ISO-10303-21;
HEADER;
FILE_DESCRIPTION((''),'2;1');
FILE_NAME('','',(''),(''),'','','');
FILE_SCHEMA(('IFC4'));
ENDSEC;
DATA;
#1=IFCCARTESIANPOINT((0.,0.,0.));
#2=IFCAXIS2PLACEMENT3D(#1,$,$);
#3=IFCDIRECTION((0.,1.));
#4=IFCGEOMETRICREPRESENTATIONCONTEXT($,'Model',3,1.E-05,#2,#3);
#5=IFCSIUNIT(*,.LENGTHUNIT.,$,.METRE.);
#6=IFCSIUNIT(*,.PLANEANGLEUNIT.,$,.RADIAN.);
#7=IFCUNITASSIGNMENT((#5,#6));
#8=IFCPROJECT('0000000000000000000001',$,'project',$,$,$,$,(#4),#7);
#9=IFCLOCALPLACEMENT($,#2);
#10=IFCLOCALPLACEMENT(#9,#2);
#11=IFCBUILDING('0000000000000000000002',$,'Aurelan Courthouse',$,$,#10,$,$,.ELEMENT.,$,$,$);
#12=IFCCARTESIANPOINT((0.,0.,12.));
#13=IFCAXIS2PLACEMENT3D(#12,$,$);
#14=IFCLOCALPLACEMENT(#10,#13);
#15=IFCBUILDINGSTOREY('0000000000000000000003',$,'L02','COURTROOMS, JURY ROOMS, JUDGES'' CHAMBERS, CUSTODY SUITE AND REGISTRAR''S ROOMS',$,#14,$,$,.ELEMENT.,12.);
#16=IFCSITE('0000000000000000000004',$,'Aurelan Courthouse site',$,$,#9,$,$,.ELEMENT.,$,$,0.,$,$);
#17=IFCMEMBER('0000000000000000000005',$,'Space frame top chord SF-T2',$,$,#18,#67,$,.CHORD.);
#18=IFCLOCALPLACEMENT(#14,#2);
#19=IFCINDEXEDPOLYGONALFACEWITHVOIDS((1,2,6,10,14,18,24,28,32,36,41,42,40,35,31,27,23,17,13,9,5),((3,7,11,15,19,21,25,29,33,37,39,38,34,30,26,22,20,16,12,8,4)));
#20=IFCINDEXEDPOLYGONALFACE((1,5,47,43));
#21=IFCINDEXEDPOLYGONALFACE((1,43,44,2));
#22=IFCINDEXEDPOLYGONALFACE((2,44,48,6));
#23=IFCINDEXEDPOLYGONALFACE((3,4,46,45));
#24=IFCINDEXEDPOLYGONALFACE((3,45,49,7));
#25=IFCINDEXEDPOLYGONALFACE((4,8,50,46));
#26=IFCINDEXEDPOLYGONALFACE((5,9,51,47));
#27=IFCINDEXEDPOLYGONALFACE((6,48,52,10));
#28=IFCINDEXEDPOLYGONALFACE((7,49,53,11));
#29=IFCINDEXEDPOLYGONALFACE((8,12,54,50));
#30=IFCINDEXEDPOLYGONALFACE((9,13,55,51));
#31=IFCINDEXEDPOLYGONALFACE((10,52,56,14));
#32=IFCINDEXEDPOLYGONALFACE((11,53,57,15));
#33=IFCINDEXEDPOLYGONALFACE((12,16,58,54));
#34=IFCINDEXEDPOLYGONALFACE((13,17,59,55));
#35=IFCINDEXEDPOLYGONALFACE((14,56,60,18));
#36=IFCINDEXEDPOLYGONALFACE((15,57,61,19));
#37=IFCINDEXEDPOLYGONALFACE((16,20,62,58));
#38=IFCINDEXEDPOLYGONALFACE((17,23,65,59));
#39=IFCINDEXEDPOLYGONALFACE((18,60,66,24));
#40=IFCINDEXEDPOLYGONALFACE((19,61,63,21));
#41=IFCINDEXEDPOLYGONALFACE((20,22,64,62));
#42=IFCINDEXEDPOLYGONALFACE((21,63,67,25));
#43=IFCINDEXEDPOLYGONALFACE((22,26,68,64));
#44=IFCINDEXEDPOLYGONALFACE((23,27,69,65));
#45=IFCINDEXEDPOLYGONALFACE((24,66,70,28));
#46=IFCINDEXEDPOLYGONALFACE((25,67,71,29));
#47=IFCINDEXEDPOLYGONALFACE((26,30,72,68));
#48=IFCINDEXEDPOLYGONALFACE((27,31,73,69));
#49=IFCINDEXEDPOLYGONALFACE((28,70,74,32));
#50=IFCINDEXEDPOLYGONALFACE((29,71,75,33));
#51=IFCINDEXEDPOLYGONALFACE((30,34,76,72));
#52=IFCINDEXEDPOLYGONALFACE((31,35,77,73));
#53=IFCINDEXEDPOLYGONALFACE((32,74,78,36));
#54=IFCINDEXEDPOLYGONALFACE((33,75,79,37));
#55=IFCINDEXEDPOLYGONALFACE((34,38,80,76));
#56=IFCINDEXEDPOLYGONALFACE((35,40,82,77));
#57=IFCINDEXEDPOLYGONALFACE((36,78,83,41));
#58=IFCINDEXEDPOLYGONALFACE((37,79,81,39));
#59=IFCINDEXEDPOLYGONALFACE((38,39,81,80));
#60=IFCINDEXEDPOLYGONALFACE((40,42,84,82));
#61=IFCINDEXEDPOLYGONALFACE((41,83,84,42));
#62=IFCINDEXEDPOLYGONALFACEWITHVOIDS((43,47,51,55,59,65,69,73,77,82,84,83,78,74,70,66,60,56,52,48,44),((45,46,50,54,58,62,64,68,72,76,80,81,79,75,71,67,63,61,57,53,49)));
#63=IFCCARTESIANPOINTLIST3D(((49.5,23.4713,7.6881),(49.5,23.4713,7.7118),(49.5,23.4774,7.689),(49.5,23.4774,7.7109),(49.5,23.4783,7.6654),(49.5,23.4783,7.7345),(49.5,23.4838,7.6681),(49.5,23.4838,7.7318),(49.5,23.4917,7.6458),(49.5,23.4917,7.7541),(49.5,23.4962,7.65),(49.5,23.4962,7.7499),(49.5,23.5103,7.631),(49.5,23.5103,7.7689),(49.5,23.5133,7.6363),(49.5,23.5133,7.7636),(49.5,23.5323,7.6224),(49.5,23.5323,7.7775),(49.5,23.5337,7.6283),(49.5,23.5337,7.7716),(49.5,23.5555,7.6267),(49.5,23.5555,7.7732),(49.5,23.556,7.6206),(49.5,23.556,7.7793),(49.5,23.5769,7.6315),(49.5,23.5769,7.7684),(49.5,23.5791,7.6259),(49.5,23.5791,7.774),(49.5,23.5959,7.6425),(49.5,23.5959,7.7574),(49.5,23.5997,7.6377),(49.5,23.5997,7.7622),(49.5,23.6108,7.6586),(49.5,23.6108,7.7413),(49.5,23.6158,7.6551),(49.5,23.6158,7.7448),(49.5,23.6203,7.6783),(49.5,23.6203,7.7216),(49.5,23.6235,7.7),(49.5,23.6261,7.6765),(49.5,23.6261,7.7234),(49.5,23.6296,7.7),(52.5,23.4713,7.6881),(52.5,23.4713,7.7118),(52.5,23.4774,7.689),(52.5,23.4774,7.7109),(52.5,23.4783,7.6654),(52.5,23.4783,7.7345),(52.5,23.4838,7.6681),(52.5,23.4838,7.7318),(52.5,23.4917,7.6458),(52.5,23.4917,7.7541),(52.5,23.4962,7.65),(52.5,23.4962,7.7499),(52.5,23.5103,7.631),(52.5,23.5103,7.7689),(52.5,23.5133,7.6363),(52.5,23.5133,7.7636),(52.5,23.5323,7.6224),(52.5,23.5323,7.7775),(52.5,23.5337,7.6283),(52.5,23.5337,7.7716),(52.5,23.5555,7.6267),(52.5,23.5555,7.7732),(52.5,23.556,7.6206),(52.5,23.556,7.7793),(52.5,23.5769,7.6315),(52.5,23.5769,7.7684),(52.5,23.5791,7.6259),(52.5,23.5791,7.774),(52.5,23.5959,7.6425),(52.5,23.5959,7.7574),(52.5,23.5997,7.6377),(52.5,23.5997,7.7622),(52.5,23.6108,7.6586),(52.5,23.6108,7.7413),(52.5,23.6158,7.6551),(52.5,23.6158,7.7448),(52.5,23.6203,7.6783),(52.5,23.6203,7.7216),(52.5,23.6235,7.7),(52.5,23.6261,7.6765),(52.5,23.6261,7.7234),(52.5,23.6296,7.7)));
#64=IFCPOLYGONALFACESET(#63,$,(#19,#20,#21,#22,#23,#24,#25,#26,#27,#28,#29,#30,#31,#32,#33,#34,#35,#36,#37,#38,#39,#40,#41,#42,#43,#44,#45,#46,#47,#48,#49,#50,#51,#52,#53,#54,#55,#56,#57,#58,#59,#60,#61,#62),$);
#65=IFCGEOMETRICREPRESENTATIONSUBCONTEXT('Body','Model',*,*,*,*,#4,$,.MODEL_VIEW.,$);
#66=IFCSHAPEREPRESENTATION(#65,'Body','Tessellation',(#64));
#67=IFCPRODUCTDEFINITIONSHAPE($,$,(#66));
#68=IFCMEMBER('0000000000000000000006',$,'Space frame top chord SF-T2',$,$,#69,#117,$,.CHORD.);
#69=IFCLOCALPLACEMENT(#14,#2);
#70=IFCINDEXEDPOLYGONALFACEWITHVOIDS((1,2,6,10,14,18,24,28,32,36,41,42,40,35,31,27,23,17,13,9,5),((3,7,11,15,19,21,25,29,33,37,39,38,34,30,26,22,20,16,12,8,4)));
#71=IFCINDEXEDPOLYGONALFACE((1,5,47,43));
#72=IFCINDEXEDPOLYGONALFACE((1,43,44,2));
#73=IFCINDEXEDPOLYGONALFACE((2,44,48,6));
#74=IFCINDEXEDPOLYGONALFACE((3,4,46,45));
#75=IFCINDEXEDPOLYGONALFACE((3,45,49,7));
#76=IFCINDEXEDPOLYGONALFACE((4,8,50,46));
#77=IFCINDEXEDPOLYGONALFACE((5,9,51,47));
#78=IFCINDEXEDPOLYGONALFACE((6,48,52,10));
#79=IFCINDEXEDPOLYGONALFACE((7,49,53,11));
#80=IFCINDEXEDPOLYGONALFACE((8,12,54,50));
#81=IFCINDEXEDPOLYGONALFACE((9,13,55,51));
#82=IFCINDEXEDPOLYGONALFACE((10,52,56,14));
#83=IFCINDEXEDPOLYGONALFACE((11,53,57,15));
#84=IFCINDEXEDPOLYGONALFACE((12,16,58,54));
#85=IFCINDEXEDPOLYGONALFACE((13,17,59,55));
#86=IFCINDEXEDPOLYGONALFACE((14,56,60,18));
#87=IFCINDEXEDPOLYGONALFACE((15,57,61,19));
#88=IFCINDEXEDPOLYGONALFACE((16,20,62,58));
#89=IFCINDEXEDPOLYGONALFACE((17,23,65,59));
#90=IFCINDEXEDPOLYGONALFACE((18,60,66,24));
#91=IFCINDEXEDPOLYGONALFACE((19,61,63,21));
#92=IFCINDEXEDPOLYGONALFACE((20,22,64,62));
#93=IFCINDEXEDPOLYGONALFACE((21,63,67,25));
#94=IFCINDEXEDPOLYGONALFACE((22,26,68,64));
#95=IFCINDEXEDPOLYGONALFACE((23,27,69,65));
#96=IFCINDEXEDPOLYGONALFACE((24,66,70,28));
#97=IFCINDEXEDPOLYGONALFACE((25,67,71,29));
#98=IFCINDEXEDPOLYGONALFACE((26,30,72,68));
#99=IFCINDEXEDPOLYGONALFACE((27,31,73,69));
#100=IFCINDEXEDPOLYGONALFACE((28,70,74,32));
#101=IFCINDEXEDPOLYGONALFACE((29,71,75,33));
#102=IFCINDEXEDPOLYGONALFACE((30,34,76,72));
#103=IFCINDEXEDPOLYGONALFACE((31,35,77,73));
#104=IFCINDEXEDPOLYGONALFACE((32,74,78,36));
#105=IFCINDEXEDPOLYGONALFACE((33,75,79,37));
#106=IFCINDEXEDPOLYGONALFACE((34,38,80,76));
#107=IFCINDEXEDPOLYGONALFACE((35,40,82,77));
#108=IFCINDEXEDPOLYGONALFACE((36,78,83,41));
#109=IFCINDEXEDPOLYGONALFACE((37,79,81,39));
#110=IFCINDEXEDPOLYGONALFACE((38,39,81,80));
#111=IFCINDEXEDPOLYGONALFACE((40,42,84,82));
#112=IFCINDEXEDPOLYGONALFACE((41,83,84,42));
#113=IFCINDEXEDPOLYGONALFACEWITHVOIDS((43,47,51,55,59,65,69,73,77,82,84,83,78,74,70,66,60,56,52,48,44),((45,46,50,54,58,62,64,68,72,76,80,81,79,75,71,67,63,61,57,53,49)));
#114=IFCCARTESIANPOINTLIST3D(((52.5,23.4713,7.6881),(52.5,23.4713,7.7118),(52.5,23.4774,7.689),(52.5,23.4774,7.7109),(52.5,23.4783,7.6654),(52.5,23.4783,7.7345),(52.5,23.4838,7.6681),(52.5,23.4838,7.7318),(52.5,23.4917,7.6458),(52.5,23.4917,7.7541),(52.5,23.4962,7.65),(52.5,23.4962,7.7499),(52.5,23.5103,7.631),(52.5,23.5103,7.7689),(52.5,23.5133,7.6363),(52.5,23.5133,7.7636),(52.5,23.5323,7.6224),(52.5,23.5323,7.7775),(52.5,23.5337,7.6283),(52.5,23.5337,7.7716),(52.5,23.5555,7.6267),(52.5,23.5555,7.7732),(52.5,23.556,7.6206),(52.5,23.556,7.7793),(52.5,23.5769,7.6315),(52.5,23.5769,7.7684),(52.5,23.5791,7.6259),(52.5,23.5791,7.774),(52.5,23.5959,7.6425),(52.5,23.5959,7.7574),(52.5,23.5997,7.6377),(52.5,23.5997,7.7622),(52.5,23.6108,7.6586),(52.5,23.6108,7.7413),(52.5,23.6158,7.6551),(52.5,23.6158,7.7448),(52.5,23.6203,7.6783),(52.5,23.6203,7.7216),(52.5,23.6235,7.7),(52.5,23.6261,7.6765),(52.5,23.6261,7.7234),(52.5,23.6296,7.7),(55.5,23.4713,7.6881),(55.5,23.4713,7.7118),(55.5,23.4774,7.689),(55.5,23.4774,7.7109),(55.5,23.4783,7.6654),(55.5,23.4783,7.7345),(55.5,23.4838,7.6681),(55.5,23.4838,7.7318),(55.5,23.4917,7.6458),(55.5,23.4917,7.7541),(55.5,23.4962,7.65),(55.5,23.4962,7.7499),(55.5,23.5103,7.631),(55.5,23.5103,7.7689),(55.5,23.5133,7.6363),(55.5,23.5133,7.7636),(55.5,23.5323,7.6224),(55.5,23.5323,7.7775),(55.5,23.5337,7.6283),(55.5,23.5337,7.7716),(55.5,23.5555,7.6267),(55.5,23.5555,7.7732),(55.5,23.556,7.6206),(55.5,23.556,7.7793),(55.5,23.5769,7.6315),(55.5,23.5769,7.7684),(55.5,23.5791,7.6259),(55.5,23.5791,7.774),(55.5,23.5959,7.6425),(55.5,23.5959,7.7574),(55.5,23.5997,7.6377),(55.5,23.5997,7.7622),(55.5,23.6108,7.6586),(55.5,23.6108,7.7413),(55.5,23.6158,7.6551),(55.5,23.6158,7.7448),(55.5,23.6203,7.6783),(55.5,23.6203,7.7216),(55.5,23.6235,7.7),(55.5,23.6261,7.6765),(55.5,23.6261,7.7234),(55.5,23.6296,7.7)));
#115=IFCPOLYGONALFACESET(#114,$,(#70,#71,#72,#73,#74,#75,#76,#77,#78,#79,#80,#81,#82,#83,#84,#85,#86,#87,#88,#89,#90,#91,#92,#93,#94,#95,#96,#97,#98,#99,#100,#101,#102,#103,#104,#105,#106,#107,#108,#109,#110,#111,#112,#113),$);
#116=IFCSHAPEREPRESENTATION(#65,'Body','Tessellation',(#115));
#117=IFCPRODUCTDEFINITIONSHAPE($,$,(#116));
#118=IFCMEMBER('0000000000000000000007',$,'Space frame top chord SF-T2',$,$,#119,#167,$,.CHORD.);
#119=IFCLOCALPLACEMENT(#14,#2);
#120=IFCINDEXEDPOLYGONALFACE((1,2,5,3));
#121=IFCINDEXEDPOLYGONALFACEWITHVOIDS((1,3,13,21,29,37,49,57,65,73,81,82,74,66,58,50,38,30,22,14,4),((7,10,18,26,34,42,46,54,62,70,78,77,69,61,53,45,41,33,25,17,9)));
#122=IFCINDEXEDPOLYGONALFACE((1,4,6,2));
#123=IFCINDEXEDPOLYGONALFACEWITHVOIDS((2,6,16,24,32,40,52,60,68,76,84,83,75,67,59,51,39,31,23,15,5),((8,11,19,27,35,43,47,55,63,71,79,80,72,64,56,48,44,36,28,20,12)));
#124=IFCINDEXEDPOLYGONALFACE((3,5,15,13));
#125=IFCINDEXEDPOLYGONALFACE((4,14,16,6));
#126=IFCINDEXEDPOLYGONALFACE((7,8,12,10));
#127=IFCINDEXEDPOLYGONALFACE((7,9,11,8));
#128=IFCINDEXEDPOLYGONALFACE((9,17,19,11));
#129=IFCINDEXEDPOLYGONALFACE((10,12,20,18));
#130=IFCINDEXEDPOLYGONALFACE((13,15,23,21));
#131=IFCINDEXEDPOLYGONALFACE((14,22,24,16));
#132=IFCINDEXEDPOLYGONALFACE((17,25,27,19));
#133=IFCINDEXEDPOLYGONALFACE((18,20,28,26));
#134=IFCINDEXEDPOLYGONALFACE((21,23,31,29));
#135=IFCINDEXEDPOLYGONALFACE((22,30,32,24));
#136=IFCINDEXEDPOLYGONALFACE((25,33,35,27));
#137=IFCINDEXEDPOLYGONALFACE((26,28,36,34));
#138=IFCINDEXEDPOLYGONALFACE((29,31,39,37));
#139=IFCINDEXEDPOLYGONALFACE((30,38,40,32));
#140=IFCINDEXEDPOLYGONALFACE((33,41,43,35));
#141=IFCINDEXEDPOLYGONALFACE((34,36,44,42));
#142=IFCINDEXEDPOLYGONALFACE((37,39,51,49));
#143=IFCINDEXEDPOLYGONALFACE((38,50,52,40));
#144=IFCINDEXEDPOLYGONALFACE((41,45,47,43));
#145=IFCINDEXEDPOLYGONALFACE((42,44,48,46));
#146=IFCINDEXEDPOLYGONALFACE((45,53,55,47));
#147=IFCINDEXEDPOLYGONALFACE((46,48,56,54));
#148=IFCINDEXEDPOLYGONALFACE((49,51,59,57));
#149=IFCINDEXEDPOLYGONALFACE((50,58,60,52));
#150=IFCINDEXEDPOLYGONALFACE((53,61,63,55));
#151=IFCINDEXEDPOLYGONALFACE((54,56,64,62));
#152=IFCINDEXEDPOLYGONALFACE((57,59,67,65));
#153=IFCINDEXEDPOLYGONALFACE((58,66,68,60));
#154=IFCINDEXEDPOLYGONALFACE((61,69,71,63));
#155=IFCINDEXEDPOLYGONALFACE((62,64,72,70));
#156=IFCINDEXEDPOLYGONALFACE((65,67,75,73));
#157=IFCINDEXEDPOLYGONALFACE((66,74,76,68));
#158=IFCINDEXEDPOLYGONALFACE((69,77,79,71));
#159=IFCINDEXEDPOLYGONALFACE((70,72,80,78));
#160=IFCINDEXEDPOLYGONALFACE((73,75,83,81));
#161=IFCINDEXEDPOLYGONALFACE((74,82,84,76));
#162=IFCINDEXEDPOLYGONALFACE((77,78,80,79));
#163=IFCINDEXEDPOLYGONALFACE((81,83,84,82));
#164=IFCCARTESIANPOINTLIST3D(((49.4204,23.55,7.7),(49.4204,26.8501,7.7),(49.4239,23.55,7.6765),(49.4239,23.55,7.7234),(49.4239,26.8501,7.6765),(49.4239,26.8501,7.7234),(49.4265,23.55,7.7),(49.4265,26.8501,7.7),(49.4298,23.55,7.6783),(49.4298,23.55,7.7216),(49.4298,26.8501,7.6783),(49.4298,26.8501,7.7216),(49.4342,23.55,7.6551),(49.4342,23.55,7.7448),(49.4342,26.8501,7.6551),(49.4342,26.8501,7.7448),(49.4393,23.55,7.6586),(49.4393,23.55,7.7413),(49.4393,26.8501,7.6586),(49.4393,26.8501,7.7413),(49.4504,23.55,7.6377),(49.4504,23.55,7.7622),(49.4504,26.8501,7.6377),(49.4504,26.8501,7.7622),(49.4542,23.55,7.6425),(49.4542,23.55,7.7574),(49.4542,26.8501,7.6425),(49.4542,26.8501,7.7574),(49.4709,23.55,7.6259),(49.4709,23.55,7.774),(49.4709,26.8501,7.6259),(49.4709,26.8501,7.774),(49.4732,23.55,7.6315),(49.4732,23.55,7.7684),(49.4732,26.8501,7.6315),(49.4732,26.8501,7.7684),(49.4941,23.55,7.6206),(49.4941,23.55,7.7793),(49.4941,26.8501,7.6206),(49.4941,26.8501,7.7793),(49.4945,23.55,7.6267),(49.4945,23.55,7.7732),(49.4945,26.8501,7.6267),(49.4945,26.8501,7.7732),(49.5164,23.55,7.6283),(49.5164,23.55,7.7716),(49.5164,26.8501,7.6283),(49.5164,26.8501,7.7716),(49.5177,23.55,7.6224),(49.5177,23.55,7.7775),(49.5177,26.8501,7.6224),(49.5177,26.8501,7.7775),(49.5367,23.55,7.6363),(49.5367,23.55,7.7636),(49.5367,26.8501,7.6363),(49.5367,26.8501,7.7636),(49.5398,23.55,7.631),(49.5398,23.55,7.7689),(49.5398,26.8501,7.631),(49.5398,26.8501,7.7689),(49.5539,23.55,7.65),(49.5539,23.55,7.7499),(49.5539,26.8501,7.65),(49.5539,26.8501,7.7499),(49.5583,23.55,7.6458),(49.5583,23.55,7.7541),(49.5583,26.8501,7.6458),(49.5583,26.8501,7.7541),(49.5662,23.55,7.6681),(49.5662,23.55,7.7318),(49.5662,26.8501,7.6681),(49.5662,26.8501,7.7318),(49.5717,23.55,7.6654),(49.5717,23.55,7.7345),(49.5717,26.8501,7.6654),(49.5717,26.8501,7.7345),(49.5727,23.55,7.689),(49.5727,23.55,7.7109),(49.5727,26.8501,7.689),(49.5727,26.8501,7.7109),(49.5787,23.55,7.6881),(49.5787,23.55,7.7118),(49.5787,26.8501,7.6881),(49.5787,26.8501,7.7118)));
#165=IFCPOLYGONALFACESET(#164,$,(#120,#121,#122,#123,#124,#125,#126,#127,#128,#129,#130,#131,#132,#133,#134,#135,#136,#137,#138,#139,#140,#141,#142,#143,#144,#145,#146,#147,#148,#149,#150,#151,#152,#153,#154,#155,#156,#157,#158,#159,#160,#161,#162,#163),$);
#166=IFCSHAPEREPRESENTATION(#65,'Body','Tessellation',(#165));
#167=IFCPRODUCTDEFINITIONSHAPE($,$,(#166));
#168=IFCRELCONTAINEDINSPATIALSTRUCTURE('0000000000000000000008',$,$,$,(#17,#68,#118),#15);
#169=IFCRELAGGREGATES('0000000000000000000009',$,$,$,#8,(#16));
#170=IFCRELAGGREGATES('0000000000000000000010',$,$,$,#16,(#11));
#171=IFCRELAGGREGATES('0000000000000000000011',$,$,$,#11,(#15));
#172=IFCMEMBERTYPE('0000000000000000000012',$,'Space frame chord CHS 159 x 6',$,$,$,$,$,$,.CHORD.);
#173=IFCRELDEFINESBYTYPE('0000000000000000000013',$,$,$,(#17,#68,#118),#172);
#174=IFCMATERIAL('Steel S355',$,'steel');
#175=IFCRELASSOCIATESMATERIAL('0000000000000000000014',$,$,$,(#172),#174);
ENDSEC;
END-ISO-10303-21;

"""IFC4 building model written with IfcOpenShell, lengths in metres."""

from ifc_helpers import new_model, si_unit, direction, frame, origin, origin_2d, place, context, subcontext, project, spatial, hollow_circle, extrude, material, material_profile, profile_set, type_object, element, save


model = new_model("IFC4")

# Units and contexts
model_context = context("Model", 3, precision=1e-05, world=origin(), true_north=direction((0.0, 1.0)))
body_context = subcontext(model_context, "Body", "Model", "MODEL_VIEW")
ifc_project = project(units=[si_unit("LENGTHUNIT", "METRE"), si_unit("PLANEANGLEUNIT", "RADIAN")], contexts=[model_context])

# Site, building, storey
site_placement = place(None, origin())
site = spatial("IfcSite", under=ifc_project, at=site_placement, Name="Aurelan Courthouse site", CompositionType="ELEMENT", RefElevation=0.0)
building_placement = place(site_placement, origin())
building = spatial("IfcBuilding", under=site, at=building_placement, Name="Aurelan Courthouse", CompositionType="ELEMENT")
storey_placement = place(building_placement, frame((0.0, 0.0, 12.0)))
storey = spatial("IfcBuildingStorey", under=building, at=storey_placement, Name="L02", Description="COURTROOMS, JURY ROOMS, JUDGES' CHAMBERS, CUSTODY SUITE AND REGISTRAR'S ROOMS", CompositionType="ELEMENT", Elevation=12.0)

# Members
ifc_material_1 = material(Name="Steel S355", Category="steel")
ifc_material_profile_1 = material_profile(ifc_material_1, hollow_circle(Radius=0.0796, WallThickness=0.0061, at=origin_2d()), Name="CHS 159 x 6")
ifc_profile_set_1 = profile_set([ifc_material_profile_1], Name="Steel S355")
member_type_1 = type_object("IfcMemberType", Name="Space frame chord CHS 159 x 6", PredefinedType="CHORD", material=ifc_profile_set_1)
for number, where, z_axis, x_axis, name in (
    (1, (49.5, 23.55, 7.7), (1.0, 0.0, 0.0), (0.0, 1.0, 0.0), "Space frame top chord SF-T2"),
    (2, (52.5, 23.55, 7.7), (1.0, 0.0, 0.0), (0.0, 1.0, 0.0), "Space frame top chord SF-T2"),
):
    element("IfcMember", number, at=place(storey_placement, frame(where, z_axis=z_axis, x_axis=x_axis)), inside=storey, type_object=member_type_1, Name=name, PredefinedType="CHORD", context=body_context, shape_type="SweptSolid", body=[
        extrude(hollow_circle(Radius=0.0796, WallThickness=0.0061, at=origin_2d()), origin(), (0.0, 0.0, 1.0), 3.0),
    ])
for number, where, z_axis, x_axis, name in (
    (3, (49.5, 23.55, 7.7), (0.0, 1.0, 0.0), (-1.0, 0.0, 0.0), "Space frame top chord SF-T2"),
):
    element("IfcMember", number, at=place(storey_placement, frame(where, z_axis=z_axis, x_axis=x_axis)), inside=storey, type_object=member_type_1, Name=name, PredefinedType="CHORD", context=body_context, shape_type="SweptSolid", body=[
        extrude(hollow_circle(Radius=0.0796, WallThickness=0.0061, at=origin_2d()), origin(), (0.0, 0.0, 1.0), 3.3),
    ])

save(model, "model.ifc")
